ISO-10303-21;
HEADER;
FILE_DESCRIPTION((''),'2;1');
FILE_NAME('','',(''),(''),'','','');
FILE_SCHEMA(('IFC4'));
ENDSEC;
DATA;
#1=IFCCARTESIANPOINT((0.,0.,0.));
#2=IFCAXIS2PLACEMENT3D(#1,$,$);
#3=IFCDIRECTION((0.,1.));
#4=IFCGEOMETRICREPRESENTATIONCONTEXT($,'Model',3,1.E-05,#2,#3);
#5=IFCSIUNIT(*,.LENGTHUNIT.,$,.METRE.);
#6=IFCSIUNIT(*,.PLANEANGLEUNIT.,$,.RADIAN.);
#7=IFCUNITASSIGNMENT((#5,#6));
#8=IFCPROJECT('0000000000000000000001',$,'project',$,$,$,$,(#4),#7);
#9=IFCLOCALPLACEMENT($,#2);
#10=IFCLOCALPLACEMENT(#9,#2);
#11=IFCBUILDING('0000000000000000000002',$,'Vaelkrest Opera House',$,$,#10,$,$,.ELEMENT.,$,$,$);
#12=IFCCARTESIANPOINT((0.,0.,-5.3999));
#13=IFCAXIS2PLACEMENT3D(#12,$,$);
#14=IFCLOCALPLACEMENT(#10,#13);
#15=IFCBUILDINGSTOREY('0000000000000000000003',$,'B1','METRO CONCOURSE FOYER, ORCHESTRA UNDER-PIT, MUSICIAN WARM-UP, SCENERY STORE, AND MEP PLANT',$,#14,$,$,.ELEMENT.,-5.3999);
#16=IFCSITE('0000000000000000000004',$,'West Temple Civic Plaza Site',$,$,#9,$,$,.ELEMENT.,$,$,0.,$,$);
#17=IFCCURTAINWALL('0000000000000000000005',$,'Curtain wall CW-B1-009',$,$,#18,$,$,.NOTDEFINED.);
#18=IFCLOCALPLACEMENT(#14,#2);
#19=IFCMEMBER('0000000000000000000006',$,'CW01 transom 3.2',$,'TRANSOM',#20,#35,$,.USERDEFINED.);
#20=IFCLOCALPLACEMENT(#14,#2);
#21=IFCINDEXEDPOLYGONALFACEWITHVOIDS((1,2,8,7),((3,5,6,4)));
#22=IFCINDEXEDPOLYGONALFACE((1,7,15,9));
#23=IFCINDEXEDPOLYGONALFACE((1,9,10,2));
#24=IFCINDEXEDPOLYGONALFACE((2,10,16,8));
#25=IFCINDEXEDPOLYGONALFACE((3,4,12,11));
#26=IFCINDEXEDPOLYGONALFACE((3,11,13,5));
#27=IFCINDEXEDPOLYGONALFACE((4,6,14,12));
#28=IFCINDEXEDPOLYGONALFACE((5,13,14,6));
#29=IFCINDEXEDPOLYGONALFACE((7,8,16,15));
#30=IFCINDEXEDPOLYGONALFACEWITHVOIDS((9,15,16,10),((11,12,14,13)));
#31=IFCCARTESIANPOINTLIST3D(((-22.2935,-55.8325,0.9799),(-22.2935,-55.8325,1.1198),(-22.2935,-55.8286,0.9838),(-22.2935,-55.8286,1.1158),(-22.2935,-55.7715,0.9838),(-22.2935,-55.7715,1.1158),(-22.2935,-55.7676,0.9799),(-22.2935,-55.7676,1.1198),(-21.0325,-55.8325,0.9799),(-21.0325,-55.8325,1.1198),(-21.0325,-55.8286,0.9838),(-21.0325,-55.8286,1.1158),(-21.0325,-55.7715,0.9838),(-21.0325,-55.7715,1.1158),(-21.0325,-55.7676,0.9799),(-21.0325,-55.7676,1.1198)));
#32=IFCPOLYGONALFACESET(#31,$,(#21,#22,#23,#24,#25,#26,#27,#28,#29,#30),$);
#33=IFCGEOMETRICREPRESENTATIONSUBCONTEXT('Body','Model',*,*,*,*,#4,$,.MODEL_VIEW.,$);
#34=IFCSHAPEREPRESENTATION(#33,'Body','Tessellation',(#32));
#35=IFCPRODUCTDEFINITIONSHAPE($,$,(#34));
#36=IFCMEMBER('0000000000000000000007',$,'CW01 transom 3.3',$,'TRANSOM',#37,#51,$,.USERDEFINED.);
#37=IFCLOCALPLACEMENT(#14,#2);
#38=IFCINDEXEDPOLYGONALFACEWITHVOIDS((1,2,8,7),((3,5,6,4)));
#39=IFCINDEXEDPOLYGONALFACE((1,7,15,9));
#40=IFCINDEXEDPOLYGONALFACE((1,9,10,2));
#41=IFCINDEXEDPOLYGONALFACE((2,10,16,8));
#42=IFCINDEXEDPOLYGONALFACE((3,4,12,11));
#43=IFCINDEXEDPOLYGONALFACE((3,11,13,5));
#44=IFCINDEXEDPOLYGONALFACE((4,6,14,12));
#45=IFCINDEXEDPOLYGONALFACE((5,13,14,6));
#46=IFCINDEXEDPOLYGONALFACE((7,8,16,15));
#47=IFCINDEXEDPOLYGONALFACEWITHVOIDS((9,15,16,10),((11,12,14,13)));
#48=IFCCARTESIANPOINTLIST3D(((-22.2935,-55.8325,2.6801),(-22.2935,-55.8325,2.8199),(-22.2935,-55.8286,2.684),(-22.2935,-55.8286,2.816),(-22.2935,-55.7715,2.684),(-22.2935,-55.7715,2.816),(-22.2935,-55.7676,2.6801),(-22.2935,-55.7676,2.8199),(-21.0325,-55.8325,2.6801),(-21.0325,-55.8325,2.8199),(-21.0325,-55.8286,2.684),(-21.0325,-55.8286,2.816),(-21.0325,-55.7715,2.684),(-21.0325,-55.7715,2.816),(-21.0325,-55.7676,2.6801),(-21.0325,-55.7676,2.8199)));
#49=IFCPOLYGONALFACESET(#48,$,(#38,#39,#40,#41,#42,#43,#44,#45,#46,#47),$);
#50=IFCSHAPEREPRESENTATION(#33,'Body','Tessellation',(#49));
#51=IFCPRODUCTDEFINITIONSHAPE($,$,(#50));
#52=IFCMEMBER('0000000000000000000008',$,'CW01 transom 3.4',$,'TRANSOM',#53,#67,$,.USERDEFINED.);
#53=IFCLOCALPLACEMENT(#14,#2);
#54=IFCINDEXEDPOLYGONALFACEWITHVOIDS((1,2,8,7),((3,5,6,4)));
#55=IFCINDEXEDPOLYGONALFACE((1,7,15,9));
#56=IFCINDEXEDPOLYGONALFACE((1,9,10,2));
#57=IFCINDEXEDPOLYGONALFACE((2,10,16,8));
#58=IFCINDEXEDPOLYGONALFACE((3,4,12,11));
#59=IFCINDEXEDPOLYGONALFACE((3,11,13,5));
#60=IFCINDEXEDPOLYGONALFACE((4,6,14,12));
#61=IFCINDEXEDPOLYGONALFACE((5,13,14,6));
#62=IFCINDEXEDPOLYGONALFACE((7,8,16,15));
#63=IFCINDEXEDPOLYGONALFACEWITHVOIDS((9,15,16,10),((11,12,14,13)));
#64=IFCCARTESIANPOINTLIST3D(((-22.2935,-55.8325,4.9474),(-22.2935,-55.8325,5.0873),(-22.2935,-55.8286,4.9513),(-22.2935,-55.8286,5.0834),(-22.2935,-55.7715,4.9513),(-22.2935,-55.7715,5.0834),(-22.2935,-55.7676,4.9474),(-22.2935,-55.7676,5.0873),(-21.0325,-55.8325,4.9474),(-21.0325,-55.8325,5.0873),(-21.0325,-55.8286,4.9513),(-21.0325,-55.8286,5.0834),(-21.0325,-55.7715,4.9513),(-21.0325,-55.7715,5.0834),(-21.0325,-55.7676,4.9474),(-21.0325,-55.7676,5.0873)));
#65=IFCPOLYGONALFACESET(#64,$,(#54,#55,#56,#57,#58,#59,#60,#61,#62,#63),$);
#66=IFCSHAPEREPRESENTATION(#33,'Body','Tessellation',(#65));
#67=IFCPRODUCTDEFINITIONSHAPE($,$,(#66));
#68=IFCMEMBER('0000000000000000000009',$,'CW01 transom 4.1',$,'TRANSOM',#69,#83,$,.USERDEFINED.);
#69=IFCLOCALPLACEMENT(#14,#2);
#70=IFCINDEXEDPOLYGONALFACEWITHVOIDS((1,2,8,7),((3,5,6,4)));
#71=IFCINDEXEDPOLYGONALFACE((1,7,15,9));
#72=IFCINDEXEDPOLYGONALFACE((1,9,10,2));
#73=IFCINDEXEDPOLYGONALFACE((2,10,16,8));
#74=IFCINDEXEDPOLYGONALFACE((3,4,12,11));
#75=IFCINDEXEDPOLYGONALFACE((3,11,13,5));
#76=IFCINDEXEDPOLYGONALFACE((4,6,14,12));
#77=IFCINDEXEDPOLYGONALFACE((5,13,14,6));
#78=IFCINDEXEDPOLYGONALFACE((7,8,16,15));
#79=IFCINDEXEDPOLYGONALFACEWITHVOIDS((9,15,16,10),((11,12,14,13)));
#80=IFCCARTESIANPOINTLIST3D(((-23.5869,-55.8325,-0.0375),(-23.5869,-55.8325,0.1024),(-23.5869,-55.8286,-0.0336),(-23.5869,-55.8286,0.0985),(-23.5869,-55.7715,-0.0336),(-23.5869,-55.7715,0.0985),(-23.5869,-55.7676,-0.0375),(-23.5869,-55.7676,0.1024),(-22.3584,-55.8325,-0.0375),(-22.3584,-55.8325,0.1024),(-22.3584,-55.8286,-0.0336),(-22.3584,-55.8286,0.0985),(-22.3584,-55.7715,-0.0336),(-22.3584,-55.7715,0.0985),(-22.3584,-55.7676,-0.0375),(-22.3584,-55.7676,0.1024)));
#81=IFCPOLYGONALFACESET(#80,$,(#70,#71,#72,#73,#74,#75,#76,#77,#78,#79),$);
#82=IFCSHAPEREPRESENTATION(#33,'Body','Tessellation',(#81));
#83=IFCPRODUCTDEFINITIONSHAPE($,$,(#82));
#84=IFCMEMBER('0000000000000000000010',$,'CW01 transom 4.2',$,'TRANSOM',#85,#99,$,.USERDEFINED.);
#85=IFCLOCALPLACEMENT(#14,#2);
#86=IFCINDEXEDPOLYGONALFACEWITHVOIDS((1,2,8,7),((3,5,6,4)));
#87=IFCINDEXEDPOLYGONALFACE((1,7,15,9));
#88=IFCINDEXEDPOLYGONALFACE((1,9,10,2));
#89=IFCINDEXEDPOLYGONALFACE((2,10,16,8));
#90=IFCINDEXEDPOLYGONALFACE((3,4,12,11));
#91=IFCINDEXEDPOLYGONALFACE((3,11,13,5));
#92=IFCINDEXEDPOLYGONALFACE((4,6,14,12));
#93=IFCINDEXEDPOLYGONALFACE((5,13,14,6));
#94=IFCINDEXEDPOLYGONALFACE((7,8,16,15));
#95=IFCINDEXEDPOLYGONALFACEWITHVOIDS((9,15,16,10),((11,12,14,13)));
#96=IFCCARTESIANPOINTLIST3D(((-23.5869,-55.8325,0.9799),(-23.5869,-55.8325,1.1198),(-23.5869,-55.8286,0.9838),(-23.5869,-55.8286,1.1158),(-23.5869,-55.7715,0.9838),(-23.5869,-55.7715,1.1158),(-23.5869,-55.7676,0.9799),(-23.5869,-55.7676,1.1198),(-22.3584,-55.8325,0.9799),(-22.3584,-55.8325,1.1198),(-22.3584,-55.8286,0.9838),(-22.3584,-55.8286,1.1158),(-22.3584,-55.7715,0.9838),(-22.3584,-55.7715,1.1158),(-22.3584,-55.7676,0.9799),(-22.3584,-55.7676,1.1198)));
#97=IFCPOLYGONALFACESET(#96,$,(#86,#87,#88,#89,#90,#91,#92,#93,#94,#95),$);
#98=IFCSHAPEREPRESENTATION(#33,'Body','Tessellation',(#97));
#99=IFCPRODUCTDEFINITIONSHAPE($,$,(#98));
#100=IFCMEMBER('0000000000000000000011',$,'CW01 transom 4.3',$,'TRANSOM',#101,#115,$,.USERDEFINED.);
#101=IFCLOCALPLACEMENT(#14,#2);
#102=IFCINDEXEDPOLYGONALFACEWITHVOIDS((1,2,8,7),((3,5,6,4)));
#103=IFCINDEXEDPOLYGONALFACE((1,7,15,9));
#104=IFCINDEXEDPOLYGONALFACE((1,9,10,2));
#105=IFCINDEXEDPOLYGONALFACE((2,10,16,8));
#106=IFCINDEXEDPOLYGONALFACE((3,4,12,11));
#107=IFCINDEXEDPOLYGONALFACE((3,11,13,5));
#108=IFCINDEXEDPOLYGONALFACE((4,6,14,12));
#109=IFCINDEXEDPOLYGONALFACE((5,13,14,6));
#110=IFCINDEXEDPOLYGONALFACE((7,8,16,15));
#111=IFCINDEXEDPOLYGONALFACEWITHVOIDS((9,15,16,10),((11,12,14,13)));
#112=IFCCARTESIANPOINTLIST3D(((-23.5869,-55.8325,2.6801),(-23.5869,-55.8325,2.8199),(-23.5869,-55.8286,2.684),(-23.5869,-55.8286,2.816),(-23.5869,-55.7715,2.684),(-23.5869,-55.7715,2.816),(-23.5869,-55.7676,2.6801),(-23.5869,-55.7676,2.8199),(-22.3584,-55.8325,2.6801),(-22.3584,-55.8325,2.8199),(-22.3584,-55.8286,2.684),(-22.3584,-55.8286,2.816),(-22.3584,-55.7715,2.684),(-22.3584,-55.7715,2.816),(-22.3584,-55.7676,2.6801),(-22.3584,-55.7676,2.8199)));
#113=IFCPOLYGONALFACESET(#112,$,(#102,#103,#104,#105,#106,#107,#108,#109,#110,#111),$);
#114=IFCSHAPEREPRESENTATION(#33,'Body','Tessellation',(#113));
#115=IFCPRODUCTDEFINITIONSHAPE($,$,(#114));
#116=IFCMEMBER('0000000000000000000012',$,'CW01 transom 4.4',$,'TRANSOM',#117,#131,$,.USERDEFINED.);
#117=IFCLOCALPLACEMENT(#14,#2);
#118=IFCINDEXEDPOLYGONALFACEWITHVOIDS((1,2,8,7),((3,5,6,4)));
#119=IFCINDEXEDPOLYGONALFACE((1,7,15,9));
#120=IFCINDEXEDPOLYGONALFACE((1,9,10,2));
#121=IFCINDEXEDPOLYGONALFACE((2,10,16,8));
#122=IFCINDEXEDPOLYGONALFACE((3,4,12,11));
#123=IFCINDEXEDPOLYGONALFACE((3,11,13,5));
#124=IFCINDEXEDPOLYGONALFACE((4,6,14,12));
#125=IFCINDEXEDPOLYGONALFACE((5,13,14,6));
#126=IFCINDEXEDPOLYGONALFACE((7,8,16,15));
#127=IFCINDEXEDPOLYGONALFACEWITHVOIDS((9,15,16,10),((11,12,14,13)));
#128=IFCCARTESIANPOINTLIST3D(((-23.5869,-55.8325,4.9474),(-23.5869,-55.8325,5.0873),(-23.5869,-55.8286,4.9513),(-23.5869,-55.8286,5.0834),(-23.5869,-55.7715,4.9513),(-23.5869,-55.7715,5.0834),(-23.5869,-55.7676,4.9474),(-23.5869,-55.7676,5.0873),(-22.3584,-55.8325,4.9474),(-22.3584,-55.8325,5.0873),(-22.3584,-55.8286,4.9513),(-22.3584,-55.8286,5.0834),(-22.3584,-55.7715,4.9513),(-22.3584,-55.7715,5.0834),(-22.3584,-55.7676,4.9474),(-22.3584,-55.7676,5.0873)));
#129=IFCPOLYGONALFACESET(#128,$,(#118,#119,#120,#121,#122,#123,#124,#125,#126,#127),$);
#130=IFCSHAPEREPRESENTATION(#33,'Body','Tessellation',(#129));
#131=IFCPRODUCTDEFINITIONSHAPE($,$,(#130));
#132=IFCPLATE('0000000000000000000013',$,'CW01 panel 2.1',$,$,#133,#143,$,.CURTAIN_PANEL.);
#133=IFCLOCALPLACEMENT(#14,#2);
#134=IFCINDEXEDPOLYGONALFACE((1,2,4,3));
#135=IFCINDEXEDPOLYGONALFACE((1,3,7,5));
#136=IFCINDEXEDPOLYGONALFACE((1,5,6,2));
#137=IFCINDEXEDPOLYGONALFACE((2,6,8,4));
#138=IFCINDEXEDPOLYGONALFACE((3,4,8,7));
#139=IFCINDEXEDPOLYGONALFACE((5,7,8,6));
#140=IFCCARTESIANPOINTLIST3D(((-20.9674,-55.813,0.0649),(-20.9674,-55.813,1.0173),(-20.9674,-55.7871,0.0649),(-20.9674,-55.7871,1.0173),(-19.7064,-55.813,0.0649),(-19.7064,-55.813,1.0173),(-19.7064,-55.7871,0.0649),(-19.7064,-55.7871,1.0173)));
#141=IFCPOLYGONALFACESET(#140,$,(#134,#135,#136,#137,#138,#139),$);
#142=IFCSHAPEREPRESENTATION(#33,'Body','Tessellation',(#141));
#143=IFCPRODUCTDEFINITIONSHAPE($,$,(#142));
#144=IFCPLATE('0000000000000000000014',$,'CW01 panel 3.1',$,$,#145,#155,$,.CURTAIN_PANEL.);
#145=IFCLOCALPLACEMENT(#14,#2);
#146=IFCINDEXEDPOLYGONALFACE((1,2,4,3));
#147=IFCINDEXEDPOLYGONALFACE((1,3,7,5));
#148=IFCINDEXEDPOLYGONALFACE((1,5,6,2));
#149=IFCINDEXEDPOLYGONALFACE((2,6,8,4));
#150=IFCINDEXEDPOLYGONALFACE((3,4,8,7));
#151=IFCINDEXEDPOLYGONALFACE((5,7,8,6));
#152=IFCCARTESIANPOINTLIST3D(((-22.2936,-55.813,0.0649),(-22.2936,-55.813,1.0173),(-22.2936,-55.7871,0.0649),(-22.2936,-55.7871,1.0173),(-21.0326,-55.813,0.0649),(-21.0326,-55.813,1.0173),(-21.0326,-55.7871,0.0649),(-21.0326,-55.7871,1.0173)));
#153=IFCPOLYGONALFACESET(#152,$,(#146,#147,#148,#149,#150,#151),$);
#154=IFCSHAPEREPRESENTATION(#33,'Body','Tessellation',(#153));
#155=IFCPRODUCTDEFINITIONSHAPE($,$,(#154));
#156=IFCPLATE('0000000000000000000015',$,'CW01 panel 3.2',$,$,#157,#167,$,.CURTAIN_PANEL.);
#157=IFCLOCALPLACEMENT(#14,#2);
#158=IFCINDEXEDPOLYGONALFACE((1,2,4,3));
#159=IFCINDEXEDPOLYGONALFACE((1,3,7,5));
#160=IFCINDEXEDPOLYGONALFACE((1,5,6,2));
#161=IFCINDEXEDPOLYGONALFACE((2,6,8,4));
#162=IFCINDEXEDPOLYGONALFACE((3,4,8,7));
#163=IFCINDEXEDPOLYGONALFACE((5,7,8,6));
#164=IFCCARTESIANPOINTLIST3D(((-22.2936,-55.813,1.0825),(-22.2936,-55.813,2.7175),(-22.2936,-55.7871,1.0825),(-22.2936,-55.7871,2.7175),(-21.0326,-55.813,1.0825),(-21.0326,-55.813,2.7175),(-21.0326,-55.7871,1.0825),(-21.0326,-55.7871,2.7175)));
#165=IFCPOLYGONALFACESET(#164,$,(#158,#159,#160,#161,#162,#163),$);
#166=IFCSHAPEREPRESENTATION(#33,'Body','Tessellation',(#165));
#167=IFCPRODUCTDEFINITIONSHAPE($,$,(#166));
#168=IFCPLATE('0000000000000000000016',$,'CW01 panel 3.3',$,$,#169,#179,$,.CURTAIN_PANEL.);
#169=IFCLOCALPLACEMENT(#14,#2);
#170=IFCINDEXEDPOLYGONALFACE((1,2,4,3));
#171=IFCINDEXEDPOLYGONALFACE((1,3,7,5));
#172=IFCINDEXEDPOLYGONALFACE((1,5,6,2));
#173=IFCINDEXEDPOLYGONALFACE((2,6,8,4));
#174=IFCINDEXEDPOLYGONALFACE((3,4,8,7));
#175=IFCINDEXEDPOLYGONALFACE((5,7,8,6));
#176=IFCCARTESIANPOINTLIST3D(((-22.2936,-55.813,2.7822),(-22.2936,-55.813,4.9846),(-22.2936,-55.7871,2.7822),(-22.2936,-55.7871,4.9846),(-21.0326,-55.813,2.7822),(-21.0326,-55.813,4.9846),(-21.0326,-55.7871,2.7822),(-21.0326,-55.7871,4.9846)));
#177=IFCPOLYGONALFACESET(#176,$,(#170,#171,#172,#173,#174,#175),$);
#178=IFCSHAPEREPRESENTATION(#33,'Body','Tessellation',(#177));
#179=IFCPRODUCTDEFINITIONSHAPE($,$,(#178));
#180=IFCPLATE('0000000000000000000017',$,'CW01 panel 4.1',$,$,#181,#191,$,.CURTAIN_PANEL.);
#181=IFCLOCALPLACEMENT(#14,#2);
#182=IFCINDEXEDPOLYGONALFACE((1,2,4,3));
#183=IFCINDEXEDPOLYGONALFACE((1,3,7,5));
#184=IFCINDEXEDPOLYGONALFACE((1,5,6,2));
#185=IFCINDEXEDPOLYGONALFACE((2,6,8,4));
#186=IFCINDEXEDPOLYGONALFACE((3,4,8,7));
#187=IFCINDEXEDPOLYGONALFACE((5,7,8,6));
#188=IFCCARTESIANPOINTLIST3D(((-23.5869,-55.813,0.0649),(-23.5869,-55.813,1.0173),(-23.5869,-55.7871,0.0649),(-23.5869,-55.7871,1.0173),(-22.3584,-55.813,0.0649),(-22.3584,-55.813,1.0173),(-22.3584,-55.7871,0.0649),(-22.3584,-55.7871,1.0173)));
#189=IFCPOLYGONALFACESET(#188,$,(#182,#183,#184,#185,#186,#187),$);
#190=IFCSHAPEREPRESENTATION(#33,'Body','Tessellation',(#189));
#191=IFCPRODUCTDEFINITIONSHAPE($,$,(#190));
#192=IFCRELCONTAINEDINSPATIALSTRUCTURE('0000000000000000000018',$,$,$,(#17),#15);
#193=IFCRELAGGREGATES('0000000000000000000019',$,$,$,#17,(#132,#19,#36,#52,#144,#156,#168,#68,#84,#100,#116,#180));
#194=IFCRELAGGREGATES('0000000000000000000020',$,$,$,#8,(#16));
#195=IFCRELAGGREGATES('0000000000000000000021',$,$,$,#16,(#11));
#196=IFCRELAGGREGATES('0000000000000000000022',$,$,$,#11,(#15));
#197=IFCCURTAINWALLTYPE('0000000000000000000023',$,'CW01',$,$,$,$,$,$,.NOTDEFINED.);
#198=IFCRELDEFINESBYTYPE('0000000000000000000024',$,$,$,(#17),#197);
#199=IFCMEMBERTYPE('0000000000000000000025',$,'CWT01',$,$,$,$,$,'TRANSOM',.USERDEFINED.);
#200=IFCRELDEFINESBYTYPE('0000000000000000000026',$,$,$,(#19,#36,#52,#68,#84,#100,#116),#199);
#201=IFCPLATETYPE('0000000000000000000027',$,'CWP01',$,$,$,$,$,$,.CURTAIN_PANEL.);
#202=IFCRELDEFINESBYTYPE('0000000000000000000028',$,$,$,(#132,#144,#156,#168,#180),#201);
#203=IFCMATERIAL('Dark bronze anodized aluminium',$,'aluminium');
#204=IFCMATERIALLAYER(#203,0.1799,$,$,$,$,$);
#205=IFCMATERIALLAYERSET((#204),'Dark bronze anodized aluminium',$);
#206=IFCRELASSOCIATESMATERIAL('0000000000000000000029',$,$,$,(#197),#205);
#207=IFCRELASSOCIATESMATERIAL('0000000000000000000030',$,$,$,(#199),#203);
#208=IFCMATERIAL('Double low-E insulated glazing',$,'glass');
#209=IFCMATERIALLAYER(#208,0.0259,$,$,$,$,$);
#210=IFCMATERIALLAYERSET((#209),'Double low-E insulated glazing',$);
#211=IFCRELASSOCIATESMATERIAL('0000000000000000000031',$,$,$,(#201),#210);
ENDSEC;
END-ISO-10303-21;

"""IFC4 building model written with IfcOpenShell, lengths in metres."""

from ifc_helpers import new_model, si_unit, direction, frame, origin, origin_2d, place, context, subcontext, project, spatial, rectangle, hollow_rectangle, extrude, material, layer, layer_set, material_profile, profile_set, type_object, element, aggregate, save


model = new_model("IFC4")

# Units and contexts
model_context = context("Model", 3, precision=1e-05, world=origin(), true_north=direction((0.0, 1.0)))
body_context = subcontext(model_context, "Body", "Model", "MODEL_VIEW")
ifc_project = project(units=[si_unit("LENGTHUNIT", "METRE"), si_unit("PLANEANGLEUNIT", "RADIAN")], contexts=[model_context])

# Site, building, storey
site_placement = place(None, origin())
site = spatial("IfcSite", under=ifc_project, at=site_placement, Name="West Temple Civic Plaza Site", CompositionType="ELEMENT", RefElevation=0.0)
building_placement = place(site_placement, origin())
building = spatial("IfcBuilding", under=site, at=building_placement, Name="Vaelkrest Opera House", CompositionType="ELEMENT")
storey_placement = place(building_placement, frame((0.0, 0.0, -5.3999)))
storey = spatial("IfcBuildingStorey", under=building, at=storey_placement, Name="B1", Description="METRO CONCOURSE FOYER, ORCHESTRA UNDER-PIT, MUSICIAN WARM-UP, SCENERY STORE, AND MEP PLANT", CompositionType="ELEMENT", Elevation=-5.3999)

# Curtain wall
ifc_material_1 = material(Name="Dark bronze anodized aluminium", Category="aluminium")
ifc_layer_1 = layer(ifc_material_1, 0.1799)
ifc_layer_set_1 = layer_set([ifc_layer_1], Name="Dark bronze anodized aluminium")
curtain_wall_type_1 = type_object("IfcCurtainWallType", Name="CW01", PredefinedType="NOTDEFINED", material=ifc_layer_set_1)
curtain_wall_1_placement = place(storey_placement, origin())
curtain_wall_1 = element("IfcCurtainWall", 1, at=curtain_wall_1_placement, inside=storey, type_object=curtain_wall_type_1, Name="Curtain wall CW-B1-009", PredefinedType="NOTDEFINED")

# Members
ifc_material_profile_1 = material_profile(ifc_material_1, hollow_rectangle(XDim=0.0649, YDim=0.1399, WallThickness=0.0039, at=origin_2d()), Name="CWT65X140")
ifc_profile_set_1 = profile_set([ifc_material_profile_1], Name="Dark bronze anodized aluminium")
member_type_1 = type_object("IfcMemberType", Name="CWT01", ElementType="TRANSOM", PredefinedType="USERDEFINED", material=ifc_profile_set_1)
member_1_placement = place(storey_placement, frame((-21.0325, -55.8, 1.0498), z_axis=(-1.0, 0.0, 0.0), x_axis=(0.0, -1.0, 0.0)))
member_1 = element("IfcMember", 2, at=member_1_placement, type_object=member_type_1, Name="CW01 transom 3.2", ObjectType="TRANSOM", PredefinedType="USERDEFINED", context=body_context, shape_type="SweptSolid", body=[
    extrude(hollow_rectangle(XDim=0.0649, YDim=0.1399, WallThickness=0.0039, at=origin_2d()), origin(), (0.0, 0.0, 1.0), 1.261),
])
member_2_placement = place(storey_placement, frame((-21.0325, -55.8, 2.75), z_axis=(-1.0, 0.0, 0.0), x_axis=(0.0, -1.0, 0.0)))
member_2 = element("IfcMember", 3, at=member_2_placement, type_object=member_type_1, Name="CW01 transom 3.3", ObjectType="TRANSOM", PredefinedType="USERDEFINED", context=body_context, shape_type="SweptSolid", body=[
    extrude(hollow_rectangle(XDim=0.0649, YDim=0.1399, WallThickness=0.0039, at=origin_2d()), origin(), (0.0, 0.0, 1.0), 1.261),
])
member_3_placement = place(storey_placement, frame((-21.0325, -55.8, 5.0173), z_axis=(-1.0, 0.0, 0.0), x_axis=(0.0, -1.0, 0.0)))
member_3 = element("IfcMember", 4, at=member_3_placement, type_object=member_type_1, Name="CW01 transom 3.4", ObjectType="TRANSOM", PredefinedType="USERDEFINED", context=body_context, shape_type="SweptSolid", body=[
    extrude(hollow_rectangle(XDim=0.0649, YDim=0.1399, WallThickness=0.0039, at=origin_2d()), origin(), (0.0, 0.0, 1.0), 1.261),
])
member_4_placement = place(storey_placement, frame((-22.3584, -55.8, 0.0325), z_axis=(-1.0, 0.0, 0.0), x_axis=(0.0, -1.0, 0.0)))
member_4 = element("IfcMember", 5, at=member_4_placement, type_object=member_type_1, Name="CW01 transom 4.1", ObjectType="TRANSOM", PredefinedType="USERDEFINED", context=body_context, shape_type="SweptSolid", body=[
    extrude(hollow_rectangle(XDim=0.0649, YDim=0.1399, WallThickness=0.0039, at=origin_2d()), origin(), (0.0, 0.0, 1.0), 1.2285),
])
member_5_placement = place(storey_placement, frame((-22.3584, -55.8, 1.0498), z_axis=(-1.0, 0.0, 0.0), x_axis=(0.0, -1.0, 0.0)))
member_5 = element("IfcMember", 6, at=member_5_placement, type_object=member_type_1, Name="CW01 transom 4.2", ObjectType="TRANSOM", PredefinedType="USERDEFINED", context=body_context, shape_type="SweptSolid", body=[
    extrude(hollow_rectangle(XDim=0.0649, YDim=0.1399, WallThickness=0.0039, at=origin_2d()), origin(), (0.0, 0.0, 1.0), 1.2285),
])
member_6_placement = place(storey_placement, frame((-22.3584, -55.8, 2.75), z_axis=(-1.0, 0.0, 0.0), x_axis=(0.0, -1.0, 0.0)))
member_6 = element("IfcMember", 7, at=member_6_placement, type_object=member_type_1, Name="CW01 transom 4.3", ObjectType="TRANSOM", PredefinedType="USERDEFINED", context=body_context, shape_type="SweptSolid", body=[
    extrude(hollow_rectangle(XDim=0.0649, YDim=0.1399, WallThickness=0.0039, at=origin_2d()), origin(), (0.0, 0.0, 1.0), 1.2285),
])
member_7_placement = place(storey_placement, frame((-22.3584, -55.8, 5.0173), z_axis=(-1.0, 0.0, 0.0), x_axis=(0.0, -1.0, 0.0)))
member_7 = element("IfcMember", 8, at=member_7_placement, type_object=member_type_1, Name="CW01 transom 4.4", ObjectType="TRANSOM", PredefinedType="USERDEFINED", context=body_context, shape_type="SweptSolid", body=[
    extrude(hollow_rectangle(XDim=0.0649, YDim=0.1399, WallThickness=0.0039, at=origin_2d()), origin(), (0.0, 0.0, 1.0), 1.2285),
])

# Plates
ifc_material_2 = material(Name="Double low-E insulated glazing", Category="glass")
ifc_layer_2 = layer(ifc_material_2, 0.0259)
ifc_layer_set_2 = layer_set([ifc_layer_2], Name="Double low-E insulated glazing")
plate_type = type_object("IfcPlateType", Name="CWP01", PredefinedType="CURTAIN_PANEL", material=ifc_layer_set_2)
plate_1_placement = place(storey_placement, frame((-20.3369, -55.8, 0.0649), z_axis=(0.0, 0.0, 1.0), x_axis=(-1.0, 0.0, 0.0)))
plate_1 = element("IfcPlate", 9, at=plate_1_placement, type_object=plate_type, Name="CW01 panel 2.1", PredefinedType="CURTAIN_PANEL", context=body_context, shape_type="SweptSolid", body=[
    extrude(rectangle(XDim=1.261, YDim=0.0259, at=origin_2d()), origin(), (0.0, 0.0, 1.0), 0.9524),
])
plate_2_placement = place(storey_placement, frame((-21.6631, -55.8, 0.0649), z_axis=(0.0, 0.0, 1.0), x_axis=(-1.0, 0.0, 0.0)))
plate_2 = element("IfcPlate", 10, at=plate_2_placement, type_object=plate_type, Name="CW01 panel 3.1", PredefinedType="CURTAIN_PANEL", context=body_context, shape_type="SweptSolid", body=[
    extrude(rectangle(XDim=1.261, YDim=0.0259, at=origin_2d()), origin(), (0.0, 0.0, 1.0), 0.9524),
])
plate_3_placement = place(storey_placement, frame((-21.6631, -55.8, 1.0825), z_axis=(0.0, 0.0, 1.0), x_axis=(-1.0, 0.0, 0.0)))
plate_3 = element("IfcPlate", 11, at=plate_3_placement, type_object=plate_type, Name="CW01 panel 3.2", PredefinedType="CURTAIN_PANEL", context=body_context, shape_type="SweptSolid", body=[
    extrude(rectangle(XDim=1.261, YDim=0.0259, at=origin_2d()), origin(), (0.0, 0.0, 1.0), 1.635),
])
plate_4_placement = place(storey_placement, frame((-21.6631, -55.8, 2.7822), z_axis=(0.0, 0.0, 1.0), x_axis=(-1.0, 0.0, 0.0)))
plate_4 = element("IfcPlate", 12, at=plate_4_placement, type_object=plate_type, Name="CW01 panel 3.3", PredefinedType="CURTAIN_PANEL", context=body_context, shape_type="SweptSolid", body=[
    extrude(rectangle(XDim=1.261, YDim=0.0259, at=origin_2d()), origin(), (0.0, 0.0, 1.0), 2.2024),
])
plate_5_placement = place(storey_placement, frame((-22.9727, -55.8, 0.0649), z_axis=(0.0, 0.0, 1.0), x_axis=(-1.0, 0.0, 0.0)))
plate_5 = element("IfcPlate", 13, at=plate_5_placement, type_object=plate_type, Name="CW01 panel 4.1", PredefinedType="CURTAIN_PANEL", context=body_context, shape_type="SweptSolid", body=[
    extrude(rectangle(XDim=1.2285, YDim=0.0259, at=origin_2d()), origin(), (0.0, 0.0, 1.0), 0.9524),
])
aggregate(curtain_wall_1, [plate_1, member_1, member_2, member_3, plate_2, plate_3, plate_4, member_4, member_5, member_6, member_7, plate_5])

save(model, "model.ifc")
